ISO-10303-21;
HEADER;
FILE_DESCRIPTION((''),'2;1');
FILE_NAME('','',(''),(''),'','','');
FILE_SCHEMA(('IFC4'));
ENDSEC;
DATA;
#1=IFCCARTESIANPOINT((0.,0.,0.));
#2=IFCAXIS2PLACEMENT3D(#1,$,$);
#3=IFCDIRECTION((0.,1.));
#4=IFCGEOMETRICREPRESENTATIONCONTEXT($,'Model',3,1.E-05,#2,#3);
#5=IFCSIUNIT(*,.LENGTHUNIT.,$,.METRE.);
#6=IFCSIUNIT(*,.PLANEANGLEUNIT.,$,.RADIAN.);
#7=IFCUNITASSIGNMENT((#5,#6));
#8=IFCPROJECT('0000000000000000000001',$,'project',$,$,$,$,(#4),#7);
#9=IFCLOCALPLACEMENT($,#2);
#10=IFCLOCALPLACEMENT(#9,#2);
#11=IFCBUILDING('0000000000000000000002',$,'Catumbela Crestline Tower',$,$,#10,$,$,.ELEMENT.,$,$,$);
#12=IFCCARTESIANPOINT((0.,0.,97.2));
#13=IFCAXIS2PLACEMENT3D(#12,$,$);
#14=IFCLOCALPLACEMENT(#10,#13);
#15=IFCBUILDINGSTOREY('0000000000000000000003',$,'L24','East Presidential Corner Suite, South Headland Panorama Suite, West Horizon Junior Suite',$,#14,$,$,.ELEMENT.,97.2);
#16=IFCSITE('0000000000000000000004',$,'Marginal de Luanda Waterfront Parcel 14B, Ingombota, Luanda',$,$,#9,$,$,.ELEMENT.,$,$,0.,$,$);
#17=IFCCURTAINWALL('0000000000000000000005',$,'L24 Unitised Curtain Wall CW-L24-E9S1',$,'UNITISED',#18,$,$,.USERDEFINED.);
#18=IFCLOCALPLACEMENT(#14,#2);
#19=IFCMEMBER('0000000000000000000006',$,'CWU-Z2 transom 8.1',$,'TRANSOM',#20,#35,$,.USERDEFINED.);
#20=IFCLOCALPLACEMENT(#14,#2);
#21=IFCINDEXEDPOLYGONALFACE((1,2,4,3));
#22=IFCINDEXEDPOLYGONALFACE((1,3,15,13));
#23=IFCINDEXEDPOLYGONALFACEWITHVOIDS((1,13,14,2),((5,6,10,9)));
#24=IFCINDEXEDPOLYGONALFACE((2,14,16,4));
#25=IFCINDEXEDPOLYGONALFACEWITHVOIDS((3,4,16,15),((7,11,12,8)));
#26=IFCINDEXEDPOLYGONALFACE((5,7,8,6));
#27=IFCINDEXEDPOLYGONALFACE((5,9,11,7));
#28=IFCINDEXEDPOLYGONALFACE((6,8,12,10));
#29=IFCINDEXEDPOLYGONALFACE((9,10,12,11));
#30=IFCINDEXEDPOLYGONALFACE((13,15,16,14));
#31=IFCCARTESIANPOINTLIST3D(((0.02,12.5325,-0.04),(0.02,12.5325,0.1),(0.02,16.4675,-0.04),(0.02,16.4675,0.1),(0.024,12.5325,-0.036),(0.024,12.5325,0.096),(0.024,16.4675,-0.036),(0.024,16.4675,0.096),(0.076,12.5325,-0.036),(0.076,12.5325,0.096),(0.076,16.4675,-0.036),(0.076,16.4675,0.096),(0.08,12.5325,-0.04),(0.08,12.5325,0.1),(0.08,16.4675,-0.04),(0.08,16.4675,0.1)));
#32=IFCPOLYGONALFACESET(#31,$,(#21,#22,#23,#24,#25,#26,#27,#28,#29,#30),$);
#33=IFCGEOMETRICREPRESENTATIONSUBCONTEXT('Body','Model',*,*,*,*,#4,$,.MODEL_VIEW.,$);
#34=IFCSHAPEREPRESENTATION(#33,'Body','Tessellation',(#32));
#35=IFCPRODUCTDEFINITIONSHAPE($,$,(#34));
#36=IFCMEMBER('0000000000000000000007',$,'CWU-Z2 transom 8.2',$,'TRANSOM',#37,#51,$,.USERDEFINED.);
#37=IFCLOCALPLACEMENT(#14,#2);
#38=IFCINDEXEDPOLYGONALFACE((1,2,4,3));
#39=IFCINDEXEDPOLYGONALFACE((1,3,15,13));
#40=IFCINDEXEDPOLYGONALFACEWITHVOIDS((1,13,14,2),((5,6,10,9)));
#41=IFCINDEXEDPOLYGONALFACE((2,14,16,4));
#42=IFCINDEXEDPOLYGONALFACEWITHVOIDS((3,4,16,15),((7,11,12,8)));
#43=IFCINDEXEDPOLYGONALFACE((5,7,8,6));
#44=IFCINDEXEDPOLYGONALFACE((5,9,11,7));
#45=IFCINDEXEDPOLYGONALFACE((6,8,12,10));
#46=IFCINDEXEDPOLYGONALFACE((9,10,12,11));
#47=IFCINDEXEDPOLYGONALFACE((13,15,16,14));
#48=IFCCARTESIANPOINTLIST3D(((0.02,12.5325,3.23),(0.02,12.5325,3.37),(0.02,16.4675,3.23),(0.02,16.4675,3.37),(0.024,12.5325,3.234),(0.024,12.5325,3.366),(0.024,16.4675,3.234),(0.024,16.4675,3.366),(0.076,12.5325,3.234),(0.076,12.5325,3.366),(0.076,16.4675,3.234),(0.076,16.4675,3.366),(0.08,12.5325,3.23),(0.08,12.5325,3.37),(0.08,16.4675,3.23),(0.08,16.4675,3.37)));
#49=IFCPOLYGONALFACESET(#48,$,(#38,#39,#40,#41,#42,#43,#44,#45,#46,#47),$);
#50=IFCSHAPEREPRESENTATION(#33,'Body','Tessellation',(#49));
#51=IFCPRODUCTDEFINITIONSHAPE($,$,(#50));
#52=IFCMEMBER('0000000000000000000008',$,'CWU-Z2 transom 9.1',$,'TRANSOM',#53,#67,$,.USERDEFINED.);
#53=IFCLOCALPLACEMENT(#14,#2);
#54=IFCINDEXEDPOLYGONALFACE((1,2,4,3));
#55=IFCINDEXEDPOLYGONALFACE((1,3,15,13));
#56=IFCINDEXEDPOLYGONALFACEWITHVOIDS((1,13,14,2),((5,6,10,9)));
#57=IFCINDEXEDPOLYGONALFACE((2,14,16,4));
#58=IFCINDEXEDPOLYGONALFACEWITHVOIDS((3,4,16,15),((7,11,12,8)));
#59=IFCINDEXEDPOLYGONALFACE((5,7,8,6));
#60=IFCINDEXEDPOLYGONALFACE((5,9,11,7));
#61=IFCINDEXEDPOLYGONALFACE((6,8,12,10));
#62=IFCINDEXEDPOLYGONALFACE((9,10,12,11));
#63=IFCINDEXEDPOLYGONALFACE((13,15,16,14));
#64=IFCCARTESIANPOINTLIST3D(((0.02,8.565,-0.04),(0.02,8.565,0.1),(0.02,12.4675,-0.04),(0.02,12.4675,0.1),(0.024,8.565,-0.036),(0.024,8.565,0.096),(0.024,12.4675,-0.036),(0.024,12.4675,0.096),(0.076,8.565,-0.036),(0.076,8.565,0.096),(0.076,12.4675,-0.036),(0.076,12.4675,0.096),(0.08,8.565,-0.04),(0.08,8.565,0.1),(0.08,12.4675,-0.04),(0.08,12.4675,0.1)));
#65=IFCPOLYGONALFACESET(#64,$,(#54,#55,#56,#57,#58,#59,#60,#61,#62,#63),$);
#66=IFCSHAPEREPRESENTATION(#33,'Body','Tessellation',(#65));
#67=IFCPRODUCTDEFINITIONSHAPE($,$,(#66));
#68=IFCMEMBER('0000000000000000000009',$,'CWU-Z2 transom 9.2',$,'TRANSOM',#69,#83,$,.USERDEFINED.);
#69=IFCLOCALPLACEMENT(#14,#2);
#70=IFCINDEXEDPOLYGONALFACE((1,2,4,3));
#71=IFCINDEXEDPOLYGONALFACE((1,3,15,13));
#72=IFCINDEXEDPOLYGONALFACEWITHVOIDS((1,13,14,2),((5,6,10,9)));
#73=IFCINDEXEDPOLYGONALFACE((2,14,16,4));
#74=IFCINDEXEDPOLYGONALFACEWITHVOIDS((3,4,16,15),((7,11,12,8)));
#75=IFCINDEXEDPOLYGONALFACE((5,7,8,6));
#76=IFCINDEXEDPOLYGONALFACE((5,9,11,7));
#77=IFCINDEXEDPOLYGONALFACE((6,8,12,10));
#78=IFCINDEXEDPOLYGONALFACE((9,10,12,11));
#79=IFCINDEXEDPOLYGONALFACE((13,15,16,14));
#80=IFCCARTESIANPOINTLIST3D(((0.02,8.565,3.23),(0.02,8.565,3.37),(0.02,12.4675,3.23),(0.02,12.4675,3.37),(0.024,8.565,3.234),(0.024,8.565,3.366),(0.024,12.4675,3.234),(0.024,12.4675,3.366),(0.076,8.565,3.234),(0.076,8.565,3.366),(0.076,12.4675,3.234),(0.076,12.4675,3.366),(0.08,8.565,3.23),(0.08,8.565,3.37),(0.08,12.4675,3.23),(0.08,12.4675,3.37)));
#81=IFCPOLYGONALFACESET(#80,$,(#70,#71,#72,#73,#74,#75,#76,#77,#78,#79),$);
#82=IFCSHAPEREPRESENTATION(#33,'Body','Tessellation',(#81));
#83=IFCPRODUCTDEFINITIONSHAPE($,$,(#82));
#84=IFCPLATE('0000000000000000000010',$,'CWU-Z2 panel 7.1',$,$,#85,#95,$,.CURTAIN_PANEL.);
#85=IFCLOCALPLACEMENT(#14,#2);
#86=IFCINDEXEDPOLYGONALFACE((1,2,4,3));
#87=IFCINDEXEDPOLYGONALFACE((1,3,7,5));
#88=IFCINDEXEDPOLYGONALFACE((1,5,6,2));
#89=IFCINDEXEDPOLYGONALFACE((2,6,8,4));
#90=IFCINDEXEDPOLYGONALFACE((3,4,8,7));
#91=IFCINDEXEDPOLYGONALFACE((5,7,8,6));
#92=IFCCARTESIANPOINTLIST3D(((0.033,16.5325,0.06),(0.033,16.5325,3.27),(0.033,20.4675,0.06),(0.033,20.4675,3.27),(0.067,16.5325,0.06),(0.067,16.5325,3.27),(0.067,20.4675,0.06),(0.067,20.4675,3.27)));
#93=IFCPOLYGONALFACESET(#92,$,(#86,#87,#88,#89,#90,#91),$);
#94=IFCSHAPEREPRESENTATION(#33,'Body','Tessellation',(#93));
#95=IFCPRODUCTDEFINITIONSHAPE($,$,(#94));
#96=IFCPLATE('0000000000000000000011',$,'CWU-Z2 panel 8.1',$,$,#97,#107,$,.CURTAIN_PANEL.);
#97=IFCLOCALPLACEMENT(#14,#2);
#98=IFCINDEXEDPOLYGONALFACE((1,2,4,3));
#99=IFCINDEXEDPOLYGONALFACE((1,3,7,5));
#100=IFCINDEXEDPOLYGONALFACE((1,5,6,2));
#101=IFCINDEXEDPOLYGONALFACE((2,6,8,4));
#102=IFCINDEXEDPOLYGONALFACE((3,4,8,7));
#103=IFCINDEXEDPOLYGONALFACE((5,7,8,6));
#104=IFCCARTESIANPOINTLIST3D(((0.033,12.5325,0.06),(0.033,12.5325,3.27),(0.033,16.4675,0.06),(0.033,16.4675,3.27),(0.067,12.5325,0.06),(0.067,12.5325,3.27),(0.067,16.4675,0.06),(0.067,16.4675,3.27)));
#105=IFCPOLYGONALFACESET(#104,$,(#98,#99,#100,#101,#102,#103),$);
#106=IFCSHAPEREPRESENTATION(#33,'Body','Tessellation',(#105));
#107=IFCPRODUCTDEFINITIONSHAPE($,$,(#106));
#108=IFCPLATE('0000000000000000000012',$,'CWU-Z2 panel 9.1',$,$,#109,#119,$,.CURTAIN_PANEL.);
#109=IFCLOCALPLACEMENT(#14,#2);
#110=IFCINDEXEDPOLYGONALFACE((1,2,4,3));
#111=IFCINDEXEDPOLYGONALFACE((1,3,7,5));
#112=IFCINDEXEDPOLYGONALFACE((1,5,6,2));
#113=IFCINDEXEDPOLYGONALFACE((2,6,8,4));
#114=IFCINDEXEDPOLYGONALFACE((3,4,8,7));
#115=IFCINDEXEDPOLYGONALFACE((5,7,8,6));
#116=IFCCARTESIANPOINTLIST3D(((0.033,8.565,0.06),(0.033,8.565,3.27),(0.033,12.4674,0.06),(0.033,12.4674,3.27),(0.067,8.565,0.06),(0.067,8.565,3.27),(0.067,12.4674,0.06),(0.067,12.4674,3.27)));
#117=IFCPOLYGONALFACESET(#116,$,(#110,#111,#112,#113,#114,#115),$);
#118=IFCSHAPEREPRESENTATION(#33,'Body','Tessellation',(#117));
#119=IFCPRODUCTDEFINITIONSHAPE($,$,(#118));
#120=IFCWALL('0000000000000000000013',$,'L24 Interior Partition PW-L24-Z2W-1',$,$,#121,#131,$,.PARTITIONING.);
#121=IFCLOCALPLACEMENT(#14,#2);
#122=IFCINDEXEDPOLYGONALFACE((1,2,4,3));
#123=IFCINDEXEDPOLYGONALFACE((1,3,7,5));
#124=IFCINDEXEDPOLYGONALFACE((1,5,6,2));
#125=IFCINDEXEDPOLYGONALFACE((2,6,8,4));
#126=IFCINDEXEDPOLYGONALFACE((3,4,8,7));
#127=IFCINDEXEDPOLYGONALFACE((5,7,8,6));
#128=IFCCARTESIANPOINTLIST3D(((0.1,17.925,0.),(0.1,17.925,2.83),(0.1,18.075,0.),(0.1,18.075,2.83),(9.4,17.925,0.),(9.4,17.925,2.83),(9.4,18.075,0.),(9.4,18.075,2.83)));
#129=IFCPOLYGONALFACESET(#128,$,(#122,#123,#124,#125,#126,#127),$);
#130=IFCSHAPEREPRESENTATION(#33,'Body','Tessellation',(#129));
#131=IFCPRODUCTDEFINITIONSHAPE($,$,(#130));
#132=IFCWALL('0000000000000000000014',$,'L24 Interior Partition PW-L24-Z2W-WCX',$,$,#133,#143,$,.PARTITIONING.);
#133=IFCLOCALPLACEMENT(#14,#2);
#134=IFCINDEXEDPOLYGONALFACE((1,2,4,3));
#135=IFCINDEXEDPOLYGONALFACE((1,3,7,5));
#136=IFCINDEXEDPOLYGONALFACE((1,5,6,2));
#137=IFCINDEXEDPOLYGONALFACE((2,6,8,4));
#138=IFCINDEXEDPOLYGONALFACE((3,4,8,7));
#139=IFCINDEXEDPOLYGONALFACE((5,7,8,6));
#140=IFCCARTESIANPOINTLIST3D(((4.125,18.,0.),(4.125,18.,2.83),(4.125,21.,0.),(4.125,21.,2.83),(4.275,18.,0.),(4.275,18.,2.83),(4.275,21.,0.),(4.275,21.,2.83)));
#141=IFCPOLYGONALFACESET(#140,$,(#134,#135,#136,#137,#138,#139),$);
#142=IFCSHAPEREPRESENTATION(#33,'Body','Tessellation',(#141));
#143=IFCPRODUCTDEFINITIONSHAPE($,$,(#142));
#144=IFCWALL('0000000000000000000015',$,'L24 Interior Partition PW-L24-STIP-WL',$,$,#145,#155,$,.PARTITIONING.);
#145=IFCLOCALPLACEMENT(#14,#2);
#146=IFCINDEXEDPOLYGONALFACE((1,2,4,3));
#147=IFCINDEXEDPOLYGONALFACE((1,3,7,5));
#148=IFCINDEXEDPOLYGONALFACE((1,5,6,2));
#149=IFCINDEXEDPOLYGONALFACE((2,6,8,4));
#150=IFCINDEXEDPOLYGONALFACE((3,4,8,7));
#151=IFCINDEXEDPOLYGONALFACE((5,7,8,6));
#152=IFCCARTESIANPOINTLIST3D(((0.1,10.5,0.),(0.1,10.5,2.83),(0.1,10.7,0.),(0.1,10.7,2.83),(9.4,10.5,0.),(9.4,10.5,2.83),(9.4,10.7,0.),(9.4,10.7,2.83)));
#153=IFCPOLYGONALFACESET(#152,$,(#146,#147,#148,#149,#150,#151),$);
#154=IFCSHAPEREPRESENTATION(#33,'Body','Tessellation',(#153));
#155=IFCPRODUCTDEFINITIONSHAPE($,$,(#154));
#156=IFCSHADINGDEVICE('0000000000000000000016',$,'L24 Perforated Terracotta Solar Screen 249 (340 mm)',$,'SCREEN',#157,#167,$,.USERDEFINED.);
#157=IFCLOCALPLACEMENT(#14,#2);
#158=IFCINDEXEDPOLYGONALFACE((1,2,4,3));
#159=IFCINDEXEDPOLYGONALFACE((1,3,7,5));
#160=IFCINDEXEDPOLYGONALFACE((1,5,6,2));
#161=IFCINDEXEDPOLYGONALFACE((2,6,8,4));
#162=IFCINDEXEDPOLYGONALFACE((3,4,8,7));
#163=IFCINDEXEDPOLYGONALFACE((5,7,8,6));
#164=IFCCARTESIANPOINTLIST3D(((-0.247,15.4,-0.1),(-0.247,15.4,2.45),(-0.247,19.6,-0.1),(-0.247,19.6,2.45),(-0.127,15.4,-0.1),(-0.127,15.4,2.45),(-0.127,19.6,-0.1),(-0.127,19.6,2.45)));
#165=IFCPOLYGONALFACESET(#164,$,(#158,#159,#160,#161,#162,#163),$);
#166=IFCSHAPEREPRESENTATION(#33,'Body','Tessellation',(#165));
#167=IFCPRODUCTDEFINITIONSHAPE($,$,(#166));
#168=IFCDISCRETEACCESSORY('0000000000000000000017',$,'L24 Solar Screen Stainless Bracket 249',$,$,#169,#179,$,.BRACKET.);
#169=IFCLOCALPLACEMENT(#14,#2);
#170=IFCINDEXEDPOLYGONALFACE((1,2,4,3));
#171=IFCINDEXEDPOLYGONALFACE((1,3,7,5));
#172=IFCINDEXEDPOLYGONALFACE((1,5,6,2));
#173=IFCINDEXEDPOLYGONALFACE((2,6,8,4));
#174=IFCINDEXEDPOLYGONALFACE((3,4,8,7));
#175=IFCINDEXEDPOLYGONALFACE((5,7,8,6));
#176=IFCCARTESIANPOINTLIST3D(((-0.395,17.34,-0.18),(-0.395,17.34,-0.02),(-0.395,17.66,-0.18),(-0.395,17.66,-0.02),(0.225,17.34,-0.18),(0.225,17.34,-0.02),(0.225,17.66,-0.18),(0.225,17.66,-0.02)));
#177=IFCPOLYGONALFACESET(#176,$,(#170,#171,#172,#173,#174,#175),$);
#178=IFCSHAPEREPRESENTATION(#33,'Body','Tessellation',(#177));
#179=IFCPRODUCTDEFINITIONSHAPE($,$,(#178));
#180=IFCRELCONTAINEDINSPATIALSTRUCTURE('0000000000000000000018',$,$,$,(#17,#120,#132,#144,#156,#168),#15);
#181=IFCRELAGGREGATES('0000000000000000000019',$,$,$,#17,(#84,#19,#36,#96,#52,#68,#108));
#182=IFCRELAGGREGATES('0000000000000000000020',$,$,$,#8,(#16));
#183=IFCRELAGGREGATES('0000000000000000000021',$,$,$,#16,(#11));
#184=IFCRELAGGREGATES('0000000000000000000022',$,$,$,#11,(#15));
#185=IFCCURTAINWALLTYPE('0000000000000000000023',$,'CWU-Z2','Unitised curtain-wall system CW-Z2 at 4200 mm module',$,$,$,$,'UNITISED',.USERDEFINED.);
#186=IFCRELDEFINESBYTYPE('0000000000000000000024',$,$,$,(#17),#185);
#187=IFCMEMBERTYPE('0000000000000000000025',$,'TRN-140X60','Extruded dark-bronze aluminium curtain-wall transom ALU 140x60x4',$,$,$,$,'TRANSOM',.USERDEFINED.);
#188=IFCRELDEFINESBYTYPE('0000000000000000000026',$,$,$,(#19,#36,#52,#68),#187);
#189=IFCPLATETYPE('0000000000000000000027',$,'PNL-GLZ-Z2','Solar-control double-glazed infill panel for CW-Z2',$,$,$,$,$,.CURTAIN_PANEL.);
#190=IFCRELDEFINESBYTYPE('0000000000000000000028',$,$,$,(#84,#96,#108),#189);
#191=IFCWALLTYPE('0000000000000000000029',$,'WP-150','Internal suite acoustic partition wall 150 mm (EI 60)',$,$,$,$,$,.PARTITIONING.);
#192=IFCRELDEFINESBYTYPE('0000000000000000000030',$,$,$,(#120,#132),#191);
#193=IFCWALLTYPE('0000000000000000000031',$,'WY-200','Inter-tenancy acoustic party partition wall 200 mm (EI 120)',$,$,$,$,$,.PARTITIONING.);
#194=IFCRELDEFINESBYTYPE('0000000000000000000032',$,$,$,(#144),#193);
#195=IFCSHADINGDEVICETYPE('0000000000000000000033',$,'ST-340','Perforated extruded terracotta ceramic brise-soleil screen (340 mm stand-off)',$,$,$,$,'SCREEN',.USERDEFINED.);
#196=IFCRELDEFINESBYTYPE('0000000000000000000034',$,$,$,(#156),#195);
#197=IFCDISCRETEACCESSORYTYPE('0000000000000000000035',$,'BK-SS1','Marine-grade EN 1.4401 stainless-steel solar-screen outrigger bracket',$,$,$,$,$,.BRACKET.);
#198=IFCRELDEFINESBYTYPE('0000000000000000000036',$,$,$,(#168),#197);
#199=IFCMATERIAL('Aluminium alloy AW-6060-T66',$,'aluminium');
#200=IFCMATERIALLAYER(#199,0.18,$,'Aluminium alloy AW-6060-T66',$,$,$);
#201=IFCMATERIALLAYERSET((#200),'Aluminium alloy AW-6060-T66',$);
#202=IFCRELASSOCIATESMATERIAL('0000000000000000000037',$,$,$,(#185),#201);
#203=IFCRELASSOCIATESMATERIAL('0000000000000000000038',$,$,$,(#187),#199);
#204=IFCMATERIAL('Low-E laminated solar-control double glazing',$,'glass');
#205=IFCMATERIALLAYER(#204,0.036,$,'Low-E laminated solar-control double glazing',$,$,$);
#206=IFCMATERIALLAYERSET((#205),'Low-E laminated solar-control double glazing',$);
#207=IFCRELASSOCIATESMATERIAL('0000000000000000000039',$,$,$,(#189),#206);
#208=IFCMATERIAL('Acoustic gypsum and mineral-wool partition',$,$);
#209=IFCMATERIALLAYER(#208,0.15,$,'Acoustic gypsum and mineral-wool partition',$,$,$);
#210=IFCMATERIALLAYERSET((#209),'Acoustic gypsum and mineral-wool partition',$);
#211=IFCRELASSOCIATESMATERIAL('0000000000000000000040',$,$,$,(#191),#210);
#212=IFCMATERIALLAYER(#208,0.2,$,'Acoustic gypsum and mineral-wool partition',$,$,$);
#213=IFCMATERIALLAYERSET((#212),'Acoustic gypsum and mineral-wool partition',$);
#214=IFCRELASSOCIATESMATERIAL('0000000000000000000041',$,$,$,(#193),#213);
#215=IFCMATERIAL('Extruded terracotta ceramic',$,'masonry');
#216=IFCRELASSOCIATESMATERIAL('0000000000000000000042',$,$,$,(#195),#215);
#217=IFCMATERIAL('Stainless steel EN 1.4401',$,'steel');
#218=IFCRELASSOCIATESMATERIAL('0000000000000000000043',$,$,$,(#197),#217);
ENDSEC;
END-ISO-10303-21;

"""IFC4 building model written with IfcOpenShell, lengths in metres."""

from ifc_helpers import new_model, si_unit, direction, frame, frame_2d, origin, origin_2d, place, context, subcontext, project, spatial, rectangle, hollow_rectangle, extrude, material, layer, layer_set, material_profile, profile_set, type_object, element, aggregate, save


model = new_model("IFC4")

# Units and contexts
model_context = context("Model", 3, precision=1e-05, world=origin(), true_north=direction((0.0, 1.0)))
body_context = subcontext(model_context, "Body", "Model", "MODEL_VIEW")
ifc_project = project(units=[si_unit("LENGTHUNIT", "METRE"), si_unit("PLANEANGLEUNIT", "RADIAN")], contexts=[model_context])

# Site, building, storey
site_placement = place(None, origin())
site = spatial("IfcSite", under=ifc_project, at=site_placement, Name="Marginal de Luanda Waterfront Parcel 14B, Ingombota, Luanda", CompositionType="ELEMENT", RefElevation=0.0)
building_placement = place(site_placement, origin())
building = spatial("IfcBuilding", under=site, at=building_placement, Name="Catumbela Crestline Tower", CompositionType="ELEMENT")
storey_placement = place(building_placement, frame((0.0, 0.0, 97.2)))
storey = spatial("IfcBuildingStorey", under=building, at=storey_placement, Name="L24", Description="East Presidential Corner Suite, South Headland Panorama Suite, West Horizon Junior Suite", CompositionType="ELEMENT", Elevation=97.2)

# Curtain wall
ifc_material_1 = material(Name="Aluminium alloy AW-6060-T66", Category="aluminium")
ifc_layer_1 = layer(ifc_material_1, 0.18, Name="Aluminium alloy AW-6060-T66")
ifc_layer_set_1 = layer_set([ifc_layer_1], Name="Aluminium alloy AW-6060-T66")
curtain_wall_type = type_object("IfcCurtainWallType", Name="CWU-Z2", Description="Unitised curtain-wall system CW-Z2 at 4200 mm module", ElementType="UNITISED", PredefinedType="USERDEFINED", material=ifc_layer_set_1)
curtain_wall_placement = place(storey_placement, origin())
curtain_wall = element("IfcCurtainWall", 1, at=curtain_wall_placement, inside=storey, type_object=curtain_wall_type, Name="L24 Unitised Curtain Wall CW-L24-E9S1", ObjectType="UNITISED", PredefinedType="USERDEFINED")

# Members
ifc_material_profile_1 = material_profile(ifc_material_1, hollow_rectangle(XDim=0.06, YDim=0.14, WallThickness=0.004, at=origin_2d()), Name="ALU 140x60x4")
ifc_profile_set_1 = profile_set([ifc_material_profile_1], Name="Aluminium alloy AW-6060-T66")
member_type_1 = type_object("IfcMemberType", Name="TRN-140X60", Description="Extruded dark-bronze aluminium curtain-wall transom ALU 140x60x4", ElementType="TRANSOM", PredefinedType="USERDEFINED", material=ifc_profile_set_1)
member_1_placement = place(storey_placement, frame((0.05, 16.4675, 0.03), z_axis=(0.0, -1.0, 0.0), x_axis=(1.0, 0.0, 0.0)))
member_1 = element("IfcMember", 2, at=member_1_placement, type_object=member_type_1, Name="CWU-Z2 transom 8.1", ObjectType="TRANSOM", PredefinedType="USERDEFINED", context=body_context, shape_type="SweptSolid", body=[
    extrude(hollow_rectangle(XDim=0.06, YDim=0.14, WallThickness=0.004, at=origin_2d()), origin(), (0.0, 0.0, 1.0), 3.935),
])
member_2_placement = place(storey_placement, frame((0.05, 16.4675, 3.3), z_axis=(0.0, -1.0, 0.0), x_axis=(1.0, 0.0, 0.0)))
member_2 = element("IfcMember", 3, at=member_2_placement, type_object=member_type_1, Name="CWU-Z2 transom 8.2", ObjectType="TRANSOM", PredefinedType="USERDEFINED", context=body_context, shape_type="SweptSolid", body=[
    extrude(hollow_rectangle(XDim=0.06, YDim=0.14, WallThickness=0.004, at=origin_2d()), origin(), (0.0, 0.0, 1.0), 3.935),
])
member_3_placement = place(storey_placement, frame((0.05, 12.4675, 0.03), z_axis=(0.0, -1.0, 0.0), x_axis=(1.0, 0.0, 0.0)))
member_3 = element("IfcMember", 4, at=member_3_placement, type_object=member_type_1, Name="CWU-Z2 transom 9.1", ObjectType="TRANSOM", PredefinedType="USERDEFINED", context=body_context, shape_type="SweptSolid", body=[
    extrude(hollow_rectangle(XDim=0.06, YDim=0.14, WallThickness=0.004, at=origin_2d()), origin(), (0.0, 0.0, 1.0), 3.9025),
])
member_4_placement = place(storey_placement, frame((0.05, 12.4675, 3.3), z_axis=(0.0, -1.0, 0.0), x_axis=(1.0, 0.0, 0.0)))
member_4 = element("IfcMember", 5, at=member_4_placement, type_object=member_type_1, Name="CWU-Z2 transom 9.2", ObjectType="TRANSOM", PredefinedType="USERDEFINED", context=body_context, shape_type="SweptSolid", body=[
    extrude(hollow_rectangle(XDim=0.06, YDim=0.14, WallThickness=0.004, at=origin_2d()), origin(), (0.0, 0.0, 1.0), 3.9025),
])

# Plates
ifc_material_2 = material(Name="Low-E laminated solar-control double glazing", Category="glass")
ifc_layer_2 = layer(ifc_material_2, 0.036, Name="Low-E laminated solar-control double glazing")
ifc_layer_set_2 = layer_set([ifc_layer_2], Name="Low-E laminated solar-control double glazing")
plate_type = type_object("IfcPlateType", Name="PNL-GLZ-Z2", Description="Solar-control double-glazed infill panel for CW-Z2", PredefinedType="CURTAIN_PANEL", material=ifc_layer_set_2)
plate_1_placement = place(storey_placement, frame((0.05, 18.5, 0.06), z_axis=(0.0, 0.0, 1.0), x_axis=(0.0, -1.0, 0.0)))
plate_1 = element("IfcPlate", 6, at=plate_1_placement, type_object=plate_type, Name="CWU-Z2 panel 7.1", PredefinedType="CURTAIN_PANEL", context=body_context, shape_type="SweptSolid", body=[
    extrude(rectangle(XDim=3.935, YDim=0.034, at=origin_2d()), origin(), (0.0, 0.0, 1.0), 3.21),
])
plate_2_placement = place(storey_placement, frame((0.05, 14.5, 0.06), z_axis=(0.0, 0.0, 1.0), x_axis=(0.0, -1.0, 0.0)))
plate_2 = element("IfcPlate", 7, at=plate_2_placement, type_object=plate_type, Name="CWU-Z2 panel 8.1", PredefinedType="CURTAIN_PANEL", context=body_context, shape_type="SweptSolid", body=[
    extrude(rectangle(XDim=3.935, YDim=0.034, at=origin_2d()), origin(), (0.0, 0.0, 1.0), 3.21),
])
plate_3_placement = place(storey_placement, frame((0.05, 10.5162, 0.06), z_axis=(0.0, 0.0, 1.0), x_axis=(0.0, -1.0, 0.0)))
plate_3 = element("IfcPlate", 8, at=plate_3_placement, type_object=plate_type, Name="CWU-Z2 panel 9.1", PredefinedType="CURTAIN_PANEL", context=body_context, shape_type="SweptSolid", body=[
    extrude(rectangle(XDim=3.9025, YDim=0.034, at=origin_2d()), origin(), (0.0, 0.0, 1.0), 3.21),
])
aggregate(curtain_wall, [plate_1, member_1, member_2, plate_2, member_3, member_4, plate_3])

# Walls
ifc_material_3 = material(Name="Acoustic gypsum and mineral-wool partition")
ifc_layer_3 = layer(ifc_material_3, 0.15, Name="Acoustic gypsum and mineral-wool partition")
ifc_layer_set_3 = layer_set([ifc_layer_3], Name="Acoustic gypsum and mineral-wool partition")
wall_type_1 = type_object("IfcWallType", Name="WP-150", Description="Internal suite acoustic partition wall 150 mm (EI 60)", PredefinedType="PARTITIONING", material=ifc_layer_set_3)
wall_1_placement = place(storey_placement, frame((0.1, 18.0, 0.0), z_axis=(0.0, 0.0, 1.0), x_axis=(1.0, 0.0, 0.0)))
element("IfcWall", 9, at=wall_1_placement, inside=storey, type_object=wall_type_1, Name="L24 Interior Partition PW-L24-Z2W-1", PredefinedType="PARTITIONING", context=body_context, shape_type="SweptSolid", body=[
    extrude(rectangle(XDim=9.3, YDim=0.15, at=frame_2d((4.65, 0.0))), origin(), (0.0, 0.0, 1.0), 2.83),
])
wall_2_placement = place(storey_placement, frame((4.2, 18.0, 0.0), z_axis=(0.0, 0.0, 1.0), x_axis=(0.0, 1.0, 0.0)))
element("IfcWall", 10, at=wall_2_placement, inside=storey, type_object=wall_type_1, Name="L24 Interior Partition PW-L24-Z2W-WCX", PredefinedType="PARTITIONING", context=body_context, shape_type="SweptSolid", body=[
    extrude(rectangle(XDim=3.0, YDim=0.15, at=frame_2d((1.5, 0.0))), origin(), (0.0, 0.0, 1.0), 2.83),
])
ifc_layer_4 = layer(ifc_material_3, 0.2, Name="Acoustic gypsum and mineral-wool partition")
ifc_layer_set_4 = layer_set([ifc_layer_4], Name="Acoustic gypsum and mineral-wool partition")
wall_type_2 = type_object("IfcWallType", Name="WY-200", Description="Inter-tenancy acoustic party partition wall 200 mm (EI 120)", PredefinedType="PARTITIONING", material=ifc_layer_set_4)
wall_3_placement = place(storey_placement, frame((0.1, 10.6, 0.0), z_axis=(0.0, 0.0, 1.0), x_axis=(1.0, 0.0, 0.0)))
element("IfcWall", 11, at=wall_3_placement, inside=storey, type_object=wall_type_2, Name="L24 Interior Partition PW-L24-STIP-WL", PredefinedType="PARTITIONING", context=body_context, shape_type="SweptSolid", body=[
    extrude(rectangle(XDim=9.3, YDim=0.2, at=frame_2d((4.65, 0.0))), origin(), (0.0, 0.0, 1.0), 2.83),
])

# Shading device
ifc_material_4 = material(Name="Extruded terracotta ceramic", Category="masonry")
shading_device_type = type_object("IfcShadingDeviceType", Name="ST-340", Description="Perforated extruded terracotta ceramic brise-soleil screen (340 mm stand-off)", ElementType="SCREEN", PredefinedType="USERDEFINED", material=ifc_material_4)
shading_device_placement = place(storey_placement, frame((-0.187, 17.5, -0.1), z_axis=(0.0, 0.0, 1.0), x_axis=(0.0, -1.0, 0.0)))
element("IfcShadingDevice", 12, at=shading_device_placement, inside=storey, type_object=shading_device_type, Name="L24 Perforated Terracotta Solar Screen 249 (340 mm)", ObjectType="SCREEN", PredefinedType="USERDEFINED", context=body_context, shape_type="SweptSolid", body=[
    extrude(rectangle(XDim=4.2, YDim=0.12, at=origin_2d()), origin(), (0.0, 0.0, 1.0), 2.55),
])

# Discrete accessory
ifc_material_5 = material(Name="Stainless steel EN 1.4401", Category="steel")
discrete_accessory_type = type_object("IfcDiscreteAccessoryType", Name="BK-SS1", Description="Marine-grade EN 1.4401 stainless-steel solar-screen outrigger bracket", PredefinedType="BRACKET", material=ifc_material_5)
discrete_accessory_placement = place(storey_placement, frame((-0.085, 17.5, -0.18), z_axis=(0.0, 0.0, 1.0), x_axis=(0.0, -1.0, 0.0)))
element("IfcDiscreteAccessory", 13, at=discrete_accessory_placement, inside=storey, type_object=discrete_accessory_type, Name="L24 Solar Screen Stainless Bracket 249", PredefinedType="BRACKET", context=body_context, shape_type="SweptSolid", body=[
    extrude(rectangle(XDim=0.32, YDim=0.62, at=origin_2d()), origin(), (0.0, 0.0, 1.0), 0.16),
])

save(model, "model.ifc")
